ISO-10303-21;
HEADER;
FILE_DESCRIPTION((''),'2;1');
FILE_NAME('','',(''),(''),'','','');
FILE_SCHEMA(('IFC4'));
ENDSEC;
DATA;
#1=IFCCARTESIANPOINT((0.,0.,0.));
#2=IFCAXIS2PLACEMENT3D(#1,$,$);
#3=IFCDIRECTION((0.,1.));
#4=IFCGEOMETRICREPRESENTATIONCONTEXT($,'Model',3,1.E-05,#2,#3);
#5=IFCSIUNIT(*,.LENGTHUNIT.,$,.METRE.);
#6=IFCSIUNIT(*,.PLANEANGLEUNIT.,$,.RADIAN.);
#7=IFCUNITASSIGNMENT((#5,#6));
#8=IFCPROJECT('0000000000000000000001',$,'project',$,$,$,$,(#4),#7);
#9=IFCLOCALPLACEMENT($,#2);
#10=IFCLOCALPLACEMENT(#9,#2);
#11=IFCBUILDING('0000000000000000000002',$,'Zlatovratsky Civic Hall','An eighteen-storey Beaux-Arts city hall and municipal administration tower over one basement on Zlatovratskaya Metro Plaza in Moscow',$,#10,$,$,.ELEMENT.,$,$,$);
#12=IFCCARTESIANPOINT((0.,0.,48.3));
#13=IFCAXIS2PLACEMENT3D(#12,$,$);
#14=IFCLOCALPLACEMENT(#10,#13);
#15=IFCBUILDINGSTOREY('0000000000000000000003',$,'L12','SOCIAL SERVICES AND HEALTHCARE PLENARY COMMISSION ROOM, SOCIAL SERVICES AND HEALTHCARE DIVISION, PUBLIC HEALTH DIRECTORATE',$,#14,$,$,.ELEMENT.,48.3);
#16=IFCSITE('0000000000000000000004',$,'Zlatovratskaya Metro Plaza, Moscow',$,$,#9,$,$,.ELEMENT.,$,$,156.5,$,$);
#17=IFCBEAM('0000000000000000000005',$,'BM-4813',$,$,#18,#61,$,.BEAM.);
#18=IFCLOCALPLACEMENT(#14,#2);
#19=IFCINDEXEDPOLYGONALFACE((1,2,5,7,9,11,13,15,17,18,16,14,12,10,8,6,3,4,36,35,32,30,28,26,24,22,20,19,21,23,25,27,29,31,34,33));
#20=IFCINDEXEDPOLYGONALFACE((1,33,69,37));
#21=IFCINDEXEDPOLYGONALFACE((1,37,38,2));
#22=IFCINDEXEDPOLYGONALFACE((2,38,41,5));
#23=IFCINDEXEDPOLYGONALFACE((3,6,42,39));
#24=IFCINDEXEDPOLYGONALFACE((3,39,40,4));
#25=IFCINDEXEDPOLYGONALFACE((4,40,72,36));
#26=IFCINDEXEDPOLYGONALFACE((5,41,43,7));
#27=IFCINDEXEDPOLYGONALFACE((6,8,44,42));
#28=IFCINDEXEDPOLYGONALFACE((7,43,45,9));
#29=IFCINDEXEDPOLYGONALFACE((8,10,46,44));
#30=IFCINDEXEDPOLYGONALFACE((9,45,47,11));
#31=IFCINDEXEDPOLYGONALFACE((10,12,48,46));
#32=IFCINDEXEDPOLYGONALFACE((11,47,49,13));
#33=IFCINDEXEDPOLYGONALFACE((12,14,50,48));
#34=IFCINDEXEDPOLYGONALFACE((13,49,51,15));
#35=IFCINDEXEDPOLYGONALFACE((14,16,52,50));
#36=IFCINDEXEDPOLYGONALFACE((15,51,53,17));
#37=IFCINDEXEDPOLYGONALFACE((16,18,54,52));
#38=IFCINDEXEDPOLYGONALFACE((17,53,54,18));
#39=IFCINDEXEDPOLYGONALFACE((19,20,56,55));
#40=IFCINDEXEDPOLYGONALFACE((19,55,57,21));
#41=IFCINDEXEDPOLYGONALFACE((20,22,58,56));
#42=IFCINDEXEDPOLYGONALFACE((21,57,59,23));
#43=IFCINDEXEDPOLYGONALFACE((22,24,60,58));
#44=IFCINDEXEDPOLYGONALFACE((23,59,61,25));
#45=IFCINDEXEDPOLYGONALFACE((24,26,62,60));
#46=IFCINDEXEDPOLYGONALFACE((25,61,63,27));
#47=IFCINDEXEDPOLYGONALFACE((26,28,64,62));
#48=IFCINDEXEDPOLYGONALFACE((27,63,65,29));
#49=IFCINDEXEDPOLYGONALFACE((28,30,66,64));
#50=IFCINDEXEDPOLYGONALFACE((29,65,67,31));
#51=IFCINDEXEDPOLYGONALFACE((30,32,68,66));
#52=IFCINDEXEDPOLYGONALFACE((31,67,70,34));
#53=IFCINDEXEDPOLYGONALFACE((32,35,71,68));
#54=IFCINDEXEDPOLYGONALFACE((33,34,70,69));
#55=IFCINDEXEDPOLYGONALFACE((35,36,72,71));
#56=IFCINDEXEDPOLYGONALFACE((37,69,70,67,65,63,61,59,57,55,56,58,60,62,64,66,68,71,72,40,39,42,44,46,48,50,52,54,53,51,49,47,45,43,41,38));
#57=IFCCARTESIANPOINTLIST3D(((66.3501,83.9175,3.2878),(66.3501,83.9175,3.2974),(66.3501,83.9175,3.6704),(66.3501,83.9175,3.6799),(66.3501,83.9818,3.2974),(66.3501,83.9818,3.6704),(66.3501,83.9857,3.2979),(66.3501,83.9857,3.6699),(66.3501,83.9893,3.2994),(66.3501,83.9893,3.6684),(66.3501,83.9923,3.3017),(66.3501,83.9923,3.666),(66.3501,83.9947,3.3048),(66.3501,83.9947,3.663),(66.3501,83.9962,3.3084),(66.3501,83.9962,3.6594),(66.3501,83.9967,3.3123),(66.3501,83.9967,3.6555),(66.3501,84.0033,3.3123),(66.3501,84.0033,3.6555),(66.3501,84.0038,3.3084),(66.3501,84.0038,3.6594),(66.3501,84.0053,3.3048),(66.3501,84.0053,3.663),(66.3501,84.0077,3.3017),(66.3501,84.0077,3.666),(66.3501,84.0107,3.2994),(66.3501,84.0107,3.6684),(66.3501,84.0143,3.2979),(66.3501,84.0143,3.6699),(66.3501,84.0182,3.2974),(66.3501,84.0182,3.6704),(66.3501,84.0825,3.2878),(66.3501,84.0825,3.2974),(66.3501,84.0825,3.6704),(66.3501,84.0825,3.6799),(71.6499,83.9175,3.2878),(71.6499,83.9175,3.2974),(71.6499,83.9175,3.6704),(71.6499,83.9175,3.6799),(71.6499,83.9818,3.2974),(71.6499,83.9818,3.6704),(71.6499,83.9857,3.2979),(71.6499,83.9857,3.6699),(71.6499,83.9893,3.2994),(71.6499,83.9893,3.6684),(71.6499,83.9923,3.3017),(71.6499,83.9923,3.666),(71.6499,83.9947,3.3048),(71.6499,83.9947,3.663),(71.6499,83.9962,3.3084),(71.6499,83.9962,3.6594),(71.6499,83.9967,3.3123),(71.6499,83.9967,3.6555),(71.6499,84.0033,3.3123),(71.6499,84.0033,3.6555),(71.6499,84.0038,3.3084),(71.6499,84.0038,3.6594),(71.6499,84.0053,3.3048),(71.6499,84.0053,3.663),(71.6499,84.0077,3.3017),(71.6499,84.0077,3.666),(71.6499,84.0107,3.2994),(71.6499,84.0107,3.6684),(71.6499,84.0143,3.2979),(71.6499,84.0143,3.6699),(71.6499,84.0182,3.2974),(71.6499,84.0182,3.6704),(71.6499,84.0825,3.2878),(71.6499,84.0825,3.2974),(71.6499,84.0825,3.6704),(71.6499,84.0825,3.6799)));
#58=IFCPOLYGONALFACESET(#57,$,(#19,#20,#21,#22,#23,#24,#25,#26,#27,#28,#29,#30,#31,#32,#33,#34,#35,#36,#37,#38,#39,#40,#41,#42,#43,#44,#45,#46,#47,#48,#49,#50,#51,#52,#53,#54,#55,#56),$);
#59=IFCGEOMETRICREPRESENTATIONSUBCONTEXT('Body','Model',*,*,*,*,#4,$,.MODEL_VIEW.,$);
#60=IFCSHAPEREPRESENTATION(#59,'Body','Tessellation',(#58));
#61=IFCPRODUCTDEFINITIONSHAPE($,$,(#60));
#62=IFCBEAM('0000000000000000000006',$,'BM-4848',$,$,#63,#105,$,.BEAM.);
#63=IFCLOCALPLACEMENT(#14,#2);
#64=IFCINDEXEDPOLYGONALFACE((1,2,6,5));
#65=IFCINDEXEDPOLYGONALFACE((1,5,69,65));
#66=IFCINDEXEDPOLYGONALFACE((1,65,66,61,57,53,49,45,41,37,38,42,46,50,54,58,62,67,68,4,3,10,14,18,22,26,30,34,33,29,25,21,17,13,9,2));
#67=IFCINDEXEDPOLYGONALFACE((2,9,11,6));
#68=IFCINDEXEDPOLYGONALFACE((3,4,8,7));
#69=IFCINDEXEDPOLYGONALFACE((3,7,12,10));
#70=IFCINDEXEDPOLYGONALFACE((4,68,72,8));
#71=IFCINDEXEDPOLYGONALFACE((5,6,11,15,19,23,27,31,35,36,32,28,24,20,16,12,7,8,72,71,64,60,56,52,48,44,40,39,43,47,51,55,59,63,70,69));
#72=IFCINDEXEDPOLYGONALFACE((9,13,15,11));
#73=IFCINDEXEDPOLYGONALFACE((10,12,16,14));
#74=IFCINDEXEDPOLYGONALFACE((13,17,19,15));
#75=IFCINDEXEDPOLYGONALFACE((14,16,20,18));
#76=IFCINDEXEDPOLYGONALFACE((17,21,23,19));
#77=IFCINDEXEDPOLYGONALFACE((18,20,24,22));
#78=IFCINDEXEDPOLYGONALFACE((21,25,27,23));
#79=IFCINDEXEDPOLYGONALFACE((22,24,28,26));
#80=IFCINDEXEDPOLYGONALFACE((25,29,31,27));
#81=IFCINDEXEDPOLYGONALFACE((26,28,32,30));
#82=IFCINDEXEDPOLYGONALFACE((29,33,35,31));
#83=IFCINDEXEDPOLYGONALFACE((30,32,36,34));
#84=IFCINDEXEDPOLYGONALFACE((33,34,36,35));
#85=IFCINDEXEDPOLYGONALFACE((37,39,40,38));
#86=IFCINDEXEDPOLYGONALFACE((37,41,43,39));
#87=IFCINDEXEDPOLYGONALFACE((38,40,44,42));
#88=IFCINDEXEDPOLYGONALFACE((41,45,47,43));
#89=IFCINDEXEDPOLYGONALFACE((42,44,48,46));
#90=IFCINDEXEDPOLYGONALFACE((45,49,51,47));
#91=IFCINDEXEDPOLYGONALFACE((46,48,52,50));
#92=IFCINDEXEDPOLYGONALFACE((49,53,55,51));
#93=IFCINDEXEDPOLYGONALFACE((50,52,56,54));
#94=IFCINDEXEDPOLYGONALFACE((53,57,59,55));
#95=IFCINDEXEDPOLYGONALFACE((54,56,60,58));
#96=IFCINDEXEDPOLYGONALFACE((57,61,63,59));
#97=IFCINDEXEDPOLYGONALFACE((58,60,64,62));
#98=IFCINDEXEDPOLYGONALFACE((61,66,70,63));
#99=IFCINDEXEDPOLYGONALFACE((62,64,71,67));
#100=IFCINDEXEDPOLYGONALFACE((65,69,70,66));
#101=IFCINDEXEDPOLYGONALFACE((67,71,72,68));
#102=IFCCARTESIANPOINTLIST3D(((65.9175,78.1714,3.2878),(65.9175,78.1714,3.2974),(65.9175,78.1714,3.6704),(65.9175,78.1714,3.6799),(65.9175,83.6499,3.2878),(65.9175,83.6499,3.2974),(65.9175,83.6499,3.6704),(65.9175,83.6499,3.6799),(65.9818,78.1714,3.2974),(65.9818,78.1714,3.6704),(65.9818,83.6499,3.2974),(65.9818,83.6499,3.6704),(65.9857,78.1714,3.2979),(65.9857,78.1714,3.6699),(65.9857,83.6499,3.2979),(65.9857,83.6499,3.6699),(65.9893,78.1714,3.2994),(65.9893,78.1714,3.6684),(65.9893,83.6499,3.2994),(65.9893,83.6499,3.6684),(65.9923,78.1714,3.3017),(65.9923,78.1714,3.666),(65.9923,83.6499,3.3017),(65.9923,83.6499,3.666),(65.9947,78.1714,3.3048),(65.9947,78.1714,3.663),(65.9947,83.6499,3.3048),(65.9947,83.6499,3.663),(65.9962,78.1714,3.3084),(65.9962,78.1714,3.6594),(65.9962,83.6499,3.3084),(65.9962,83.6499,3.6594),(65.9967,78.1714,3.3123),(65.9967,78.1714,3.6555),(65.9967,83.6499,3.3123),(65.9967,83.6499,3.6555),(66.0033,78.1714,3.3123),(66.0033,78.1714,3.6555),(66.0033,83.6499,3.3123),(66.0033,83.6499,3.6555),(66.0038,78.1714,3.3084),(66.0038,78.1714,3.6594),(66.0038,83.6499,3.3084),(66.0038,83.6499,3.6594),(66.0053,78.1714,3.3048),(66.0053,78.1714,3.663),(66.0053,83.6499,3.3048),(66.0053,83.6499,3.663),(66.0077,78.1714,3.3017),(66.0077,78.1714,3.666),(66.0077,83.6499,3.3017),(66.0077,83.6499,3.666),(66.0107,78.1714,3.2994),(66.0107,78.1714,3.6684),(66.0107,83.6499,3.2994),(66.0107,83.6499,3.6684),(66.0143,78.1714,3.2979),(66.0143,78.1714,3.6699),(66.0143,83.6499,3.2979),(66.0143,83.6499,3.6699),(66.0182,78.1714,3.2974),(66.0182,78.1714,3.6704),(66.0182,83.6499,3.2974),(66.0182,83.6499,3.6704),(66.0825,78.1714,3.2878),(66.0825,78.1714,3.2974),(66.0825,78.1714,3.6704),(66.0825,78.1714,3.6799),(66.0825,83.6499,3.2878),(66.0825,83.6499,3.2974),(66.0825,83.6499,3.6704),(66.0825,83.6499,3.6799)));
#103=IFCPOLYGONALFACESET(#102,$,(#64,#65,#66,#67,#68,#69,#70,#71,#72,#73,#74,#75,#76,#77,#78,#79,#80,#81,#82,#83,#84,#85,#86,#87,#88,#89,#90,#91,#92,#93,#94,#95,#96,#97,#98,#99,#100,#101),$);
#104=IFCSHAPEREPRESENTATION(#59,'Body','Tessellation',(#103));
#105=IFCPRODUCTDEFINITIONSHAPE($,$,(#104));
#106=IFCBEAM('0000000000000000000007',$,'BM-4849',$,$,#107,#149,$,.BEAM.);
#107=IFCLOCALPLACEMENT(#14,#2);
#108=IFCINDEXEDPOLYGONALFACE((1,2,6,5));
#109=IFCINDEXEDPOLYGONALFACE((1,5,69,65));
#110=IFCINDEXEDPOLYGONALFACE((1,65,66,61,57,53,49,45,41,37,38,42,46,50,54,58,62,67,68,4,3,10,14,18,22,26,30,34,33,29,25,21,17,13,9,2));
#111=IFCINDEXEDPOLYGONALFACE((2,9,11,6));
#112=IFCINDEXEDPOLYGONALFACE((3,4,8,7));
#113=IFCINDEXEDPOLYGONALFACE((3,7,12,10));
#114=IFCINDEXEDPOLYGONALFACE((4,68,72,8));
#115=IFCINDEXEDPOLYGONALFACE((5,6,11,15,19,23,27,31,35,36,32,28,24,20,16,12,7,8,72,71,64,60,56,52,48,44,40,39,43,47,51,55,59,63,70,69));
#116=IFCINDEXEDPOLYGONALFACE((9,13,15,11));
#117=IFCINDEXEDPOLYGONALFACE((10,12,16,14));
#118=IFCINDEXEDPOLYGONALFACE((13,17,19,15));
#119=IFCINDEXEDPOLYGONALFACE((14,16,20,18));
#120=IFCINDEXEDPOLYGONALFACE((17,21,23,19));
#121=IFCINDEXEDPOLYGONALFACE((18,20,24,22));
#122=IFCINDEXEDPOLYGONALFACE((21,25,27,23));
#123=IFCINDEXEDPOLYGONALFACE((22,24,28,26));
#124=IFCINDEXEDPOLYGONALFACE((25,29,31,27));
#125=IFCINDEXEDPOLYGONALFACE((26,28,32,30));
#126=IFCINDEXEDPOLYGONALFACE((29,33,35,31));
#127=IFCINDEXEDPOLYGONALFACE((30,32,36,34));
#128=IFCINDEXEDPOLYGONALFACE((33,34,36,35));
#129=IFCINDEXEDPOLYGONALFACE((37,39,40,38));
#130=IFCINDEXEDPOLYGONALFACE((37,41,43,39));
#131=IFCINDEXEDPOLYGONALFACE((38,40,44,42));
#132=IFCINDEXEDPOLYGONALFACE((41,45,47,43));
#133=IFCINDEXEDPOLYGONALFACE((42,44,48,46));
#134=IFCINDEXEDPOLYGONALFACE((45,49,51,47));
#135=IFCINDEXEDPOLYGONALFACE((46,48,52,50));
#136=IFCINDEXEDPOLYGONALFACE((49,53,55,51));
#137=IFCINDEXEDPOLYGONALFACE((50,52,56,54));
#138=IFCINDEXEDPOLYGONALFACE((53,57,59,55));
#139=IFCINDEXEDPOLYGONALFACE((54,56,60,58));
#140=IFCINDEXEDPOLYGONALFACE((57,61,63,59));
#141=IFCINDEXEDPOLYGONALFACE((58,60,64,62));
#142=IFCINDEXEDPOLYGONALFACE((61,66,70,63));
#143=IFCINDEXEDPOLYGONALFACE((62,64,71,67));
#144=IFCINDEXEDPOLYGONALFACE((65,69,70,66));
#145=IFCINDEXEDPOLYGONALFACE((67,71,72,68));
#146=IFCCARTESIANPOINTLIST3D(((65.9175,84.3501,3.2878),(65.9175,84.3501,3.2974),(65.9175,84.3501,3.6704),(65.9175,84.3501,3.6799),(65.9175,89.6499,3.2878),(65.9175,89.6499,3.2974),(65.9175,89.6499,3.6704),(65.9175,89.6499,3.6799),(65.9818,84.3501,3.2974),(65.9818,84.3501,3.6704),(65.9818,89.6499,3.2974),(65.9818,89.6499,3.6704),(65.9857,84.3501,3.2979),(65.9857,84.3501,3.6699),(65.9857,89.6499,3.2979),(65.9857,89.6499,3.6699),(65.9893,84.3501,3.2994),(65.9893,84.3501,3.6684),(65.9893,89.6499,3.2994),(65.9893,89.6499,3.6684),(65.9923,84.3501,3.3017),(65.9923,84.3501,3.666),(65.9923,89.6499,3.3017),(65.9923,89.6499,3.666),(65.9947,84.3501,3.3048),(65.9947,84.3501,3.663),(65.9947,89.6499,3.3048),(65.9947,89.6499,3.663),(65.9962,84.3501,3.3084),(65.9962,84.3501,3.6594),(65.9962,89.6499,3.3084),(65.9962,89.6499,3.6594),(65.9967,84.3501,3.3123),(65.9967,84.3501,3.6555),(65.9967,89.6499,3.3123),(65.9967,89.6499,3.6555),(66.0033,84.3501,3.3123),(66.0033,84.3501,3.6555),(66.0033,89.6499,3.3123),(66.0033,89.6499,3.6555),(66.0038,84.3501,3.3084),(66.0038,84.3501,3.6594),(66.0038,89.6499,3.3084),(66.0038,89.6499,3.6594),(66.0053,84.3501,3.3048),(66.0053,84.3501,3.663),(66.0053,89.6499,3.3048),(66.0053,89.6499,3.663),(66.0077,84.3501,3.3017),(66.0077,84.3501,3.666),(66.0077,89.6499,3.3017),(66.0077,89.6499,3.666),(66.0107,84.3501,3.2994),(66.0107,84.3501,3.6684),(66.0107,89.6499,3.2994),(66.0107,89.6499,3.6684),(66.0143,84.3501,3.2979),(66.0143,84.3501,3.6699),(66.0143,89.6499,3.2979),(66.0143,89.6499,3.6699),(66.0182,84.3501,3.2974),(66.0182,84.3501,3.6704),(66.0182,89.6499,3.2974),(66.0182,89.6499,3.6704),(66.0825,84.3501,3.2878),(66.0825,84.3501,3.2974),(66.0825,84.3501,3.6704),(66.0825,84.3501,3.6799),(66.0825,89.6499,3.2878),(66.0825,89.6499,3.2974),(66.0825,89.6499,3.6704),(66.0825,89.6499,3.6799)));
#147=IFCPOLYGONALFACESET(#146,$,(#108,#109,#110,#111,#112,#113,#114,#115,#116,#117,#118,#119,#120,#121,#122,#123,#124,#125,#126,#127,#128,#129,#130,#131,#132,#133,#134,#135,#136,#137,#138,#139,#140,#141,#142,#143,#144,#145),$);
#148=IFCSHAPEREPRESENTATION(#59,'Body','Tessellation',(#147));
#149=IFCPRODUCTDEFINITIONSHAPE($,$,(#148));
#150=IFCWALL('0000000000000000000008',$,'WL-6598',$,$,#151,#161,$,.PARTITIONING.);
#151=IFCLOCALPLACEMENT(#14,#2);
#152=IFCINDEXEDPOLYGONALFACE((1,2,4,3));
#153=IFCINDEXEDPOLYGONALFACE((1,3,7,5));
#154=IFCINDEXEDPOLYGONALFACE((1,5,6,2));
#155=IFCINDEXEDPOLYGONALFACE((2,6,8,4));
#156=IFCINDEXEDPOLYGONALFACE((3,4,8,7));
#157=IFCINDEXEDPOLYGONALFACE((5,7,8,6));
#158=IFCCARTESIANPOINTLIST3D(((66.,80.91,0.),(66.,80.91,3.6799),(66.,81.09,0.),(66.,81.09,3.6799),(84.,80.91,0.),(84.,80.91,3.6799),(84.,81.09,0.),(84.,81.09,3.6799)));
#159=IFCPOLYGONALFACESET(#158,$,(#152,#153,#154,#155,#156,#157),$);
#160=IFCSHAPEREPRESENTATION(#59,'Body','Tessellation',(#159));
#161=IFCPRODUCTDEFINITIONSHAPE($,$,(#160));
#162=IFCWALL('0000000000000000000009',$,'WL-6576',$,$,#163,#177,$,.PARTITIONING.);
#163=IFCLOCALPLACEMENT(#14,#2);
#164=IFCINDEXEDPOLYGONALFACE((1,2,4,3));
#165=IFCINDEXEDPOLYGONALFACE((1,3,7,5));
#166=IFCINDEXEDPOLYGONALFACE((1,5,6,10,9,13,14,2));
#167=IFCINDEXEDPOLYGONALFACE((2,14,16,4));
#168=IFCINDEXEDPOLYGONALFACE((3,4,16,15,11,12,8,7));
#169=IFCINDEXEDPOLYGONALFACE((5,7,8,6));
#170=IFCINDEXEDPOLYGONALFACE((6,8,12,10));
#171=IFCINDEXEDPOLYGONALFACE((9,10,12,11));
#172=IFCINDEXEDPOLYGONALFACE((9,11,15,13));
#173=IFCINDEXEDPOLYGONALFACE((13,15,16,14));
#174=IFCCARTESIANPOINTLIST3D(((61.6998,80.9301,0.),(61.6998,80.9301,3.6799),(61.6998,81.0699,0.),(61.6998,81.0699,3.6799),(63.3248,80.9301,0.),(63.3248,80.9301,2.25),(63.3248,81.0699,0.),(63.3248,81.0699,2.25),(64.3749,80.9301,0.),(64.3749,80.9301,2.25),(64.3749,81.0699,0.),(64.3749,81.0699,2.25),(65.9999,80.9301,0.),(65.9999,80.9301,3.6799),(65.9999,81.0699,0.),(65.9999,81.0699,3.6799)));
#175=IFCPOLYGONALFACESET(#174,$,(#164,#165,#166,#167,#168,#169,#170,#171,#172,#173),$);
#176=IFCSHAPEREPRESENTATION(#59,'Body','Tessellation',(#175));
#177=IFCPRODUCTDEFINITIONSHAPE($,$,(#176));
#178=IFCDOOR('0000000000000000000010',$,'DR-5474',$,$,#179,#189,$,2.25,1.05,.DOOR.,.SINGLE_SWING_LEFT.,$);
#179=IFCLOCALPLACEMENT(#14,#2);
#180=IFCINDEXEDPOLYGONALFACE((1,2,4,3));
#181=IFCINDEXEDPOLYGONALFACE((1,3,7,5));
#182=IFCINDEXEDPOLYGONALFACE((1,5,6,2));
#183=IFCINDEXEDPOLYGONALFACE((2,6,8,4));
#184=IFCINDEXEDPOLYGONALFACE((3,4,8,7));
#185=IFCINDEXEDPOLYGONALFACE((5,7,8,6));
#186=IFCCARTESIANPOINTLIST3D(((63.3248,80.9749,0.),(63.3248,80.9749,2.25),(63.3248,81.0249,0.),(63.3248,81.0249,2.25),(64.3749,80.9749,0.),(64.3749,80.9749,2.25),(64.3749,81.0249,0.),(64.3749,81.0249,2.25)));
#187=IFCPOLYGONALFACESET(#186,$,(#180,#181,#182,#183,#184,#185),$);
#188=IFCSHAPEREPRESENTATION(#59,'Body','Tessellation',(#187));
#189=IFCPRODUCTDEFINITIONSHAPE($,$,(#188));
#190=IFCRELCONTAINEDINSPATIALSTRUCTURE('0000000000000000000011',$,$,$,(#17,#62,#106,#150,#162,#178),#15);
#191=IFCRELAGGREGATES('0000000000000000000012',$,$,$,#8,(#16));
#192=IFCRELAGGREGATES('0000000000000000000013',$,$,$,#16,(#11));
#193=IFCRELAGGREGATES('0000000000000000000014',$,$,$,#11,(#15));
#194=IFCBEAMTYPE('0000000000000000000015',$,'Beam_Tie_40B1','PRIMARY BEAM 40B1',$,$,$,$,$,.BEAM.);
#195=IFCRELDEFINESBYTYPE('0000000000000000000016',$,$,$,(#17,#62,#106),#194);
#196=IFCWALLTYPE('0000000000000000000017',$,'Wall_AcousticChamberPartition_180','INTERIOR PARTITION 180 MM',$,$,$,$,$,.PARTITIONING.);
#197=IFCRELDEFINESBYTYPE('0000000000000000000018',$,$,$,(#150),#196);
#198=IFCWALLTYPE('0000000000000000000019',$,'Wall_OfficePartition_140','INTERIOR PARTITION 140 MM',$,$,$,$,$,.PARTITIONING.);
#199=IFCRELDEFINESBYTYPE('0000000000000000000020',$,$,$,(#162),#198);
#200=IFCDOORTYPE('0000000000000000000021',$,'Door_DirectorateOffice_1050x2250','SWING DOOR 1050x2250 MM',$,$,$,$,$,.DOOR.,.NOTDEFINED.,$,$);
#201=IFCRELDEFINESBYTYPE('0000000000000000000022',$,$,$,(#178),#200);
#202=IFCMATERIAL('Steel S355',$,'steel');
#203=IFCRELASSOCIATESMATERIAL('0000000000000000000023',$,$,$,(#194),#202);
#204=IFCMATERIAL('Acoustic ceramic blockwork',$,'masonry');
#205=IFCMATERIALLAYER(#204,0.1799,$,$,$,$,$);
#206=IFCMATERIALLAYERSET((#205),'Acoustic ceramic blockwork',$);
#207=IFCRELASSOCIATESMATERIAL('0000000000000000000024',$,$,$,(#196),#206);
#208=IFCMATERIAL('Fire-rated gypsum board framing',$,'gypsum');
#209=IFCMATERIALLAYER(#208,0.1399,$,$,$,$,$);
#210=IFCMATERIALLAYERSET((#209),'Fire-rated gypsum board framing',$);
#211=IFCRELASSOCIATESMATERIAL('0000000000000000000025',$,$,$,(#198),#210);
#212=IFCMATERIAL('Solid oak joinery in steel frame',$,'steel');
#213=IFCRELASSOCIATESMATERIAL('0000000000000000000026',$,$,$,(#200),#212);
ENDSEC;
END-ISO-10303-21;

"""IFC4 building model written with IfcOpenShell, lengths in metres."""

from ifc_helpers import new_model, si_unit, direction, frame, frame_2d, origin, origin_2d, place, context, subcontext, project, spatial, rectangle, i_section, extrude, material, layer, layer_set, material_profile, profile_set, type_object, element, fill, save


model = new_model("IFC4")

# Units and contexts
model_context = context("Model", 3, precision=1e-05, world=origin(), true_north=direction((0.0, 1.0)))
body_context = subcontext(model_context, "Body", "Model", "MODEL_VIEW")
ifc_project = project(units=[si_unit("LENGTHUNIT", "METRE"), si_unit("PLANEANGLEUNIT", "RADIAN")], contexts=[model_context])

# Site, building, storey
site_placement = place(None, origin())
site = spatial("IfcSite", under=ifc_project, at=site_placement, Name="Zlatovratskaya Metro Plaza, Moscow", CompositionType="ELEMENT", RefElevation=156.5)
building_placement = place(site_placement, origin())
building = spatial("IfcBuilding", under=site, at=building_placement, Name="Zlatovratsky Civic Hall", Description="An eighteen-storey Beaux-Arts city hall and municipal administration tower over one basement on Zlatovratskaya Metro Plaza in Moscow", CompositionType="ELEMENT")
storey_placement = place(building_placement, frame((0.0, 0.0, 48.3)))
storey = spatial("IfcBuildingStorey", under=building, at=storey_placement, Name="L12", Description="SOCIAL SERVICES AND HEALTHCARE PLENARY COMMISSION ROOM, SOCIAL SERVICES AND HEALTHCARE DIVISION, PUBLIC HEALTH DIRECTORATE", CompositionType="ELEMENT", Elevation=48.3)

# Beams
ifc_material_1 = material(Name="Steel S355", Category="steel")
ifc_material_profile_1 = material_profile(ifc_material_1, i_section(OverallWidth=0.165, OverallDepth=0.3921, WebThickness=0.0066, FlangeThickness=0.0095, FilletRadius=0.0149, at=origin_2d()), Name="40B1")
ifc_profile_set_1 = profile_set([ifc_material_profile_1], Name="Steel S355")
beam_type_1 = type_object("IfcBeamType", Name="Beam_Tie_40B1", Description="PRIMARY BEAM 40B1", PredefinedType="BEAM", material=ifc_profile_set_1)
for number, where, z_axis, x_axis, name in (
    (1, (66.3501, 84.0, 3.4839), (1.0, 0.0, 0.0), (0.0, 1.0, 0.0), "BM-4813"),
):
    element("IfcBeam", number, at=place(storey_placement, frame(where, z_axis=z_axis, x_axis=x_axis)), inside=storey, type_object=beam_type_1, Name=name, PredefinedType="BEAM", context=body_context, shape_type="SweptSolid", body=[
        extrude(i_section(OverallWidth=0.165, OverallDepth=0.3921, WebThickness=0.0066, FlangeThickness=0.0095, FilletRadius=0.0149, at=origin_2d()), origin(), (0.0, 0.0, 1.0), 5.2998),
    ])
beam_1_placement = place(storey_placement, frame((66.0, 78.1714, 3.4839), z_axis=(0.0, 1.0, 0.0), x_axis=(-1.0, 0.0, 0.0)))
element("IfcBeam", 2, at=beam_1_placement, inside=storey, type_object=beam_type_1, Name="BM-4848", PredefinedType="BEAM", context=body_context, shape_type="SweptSolid", body=[
    extrude(i_section(OverallWidth=0.165, OverallDepth=0.3921, WebThickness=0.0066, FlangeThickness=0.0095, FilletRadius=0.0149, at=origin_2d()), origin(), (0.0, 0.0, 1.0), 5.4785),
])
beam_2_placement = place(storey_placement, frame((66.0, 84.3501, 3.4839), z_axis=(0.0, 1.0, 0.0), x_axis=(-1.0, 0.0, 0.0)))
element("IfcBeam", 3, at=beam_2_placement, inside=storey, type_object=beam_type_1, Name="BM-4849", PredefinedType="BEAM", context=body_context, shape_type="SweptSolid", body=[
    extrude(i_section(OverallWidth=0.165, OverallDepth=0.3921, WebThickness=0.0066, FlangeThickness=0.0095, FilletRadius=0.0149, at=origin_2d()), origin(), (0.0, 0.0, 1.0), 5.2998),
])

# Wall
ifc_material_2 = material(Name="Acoustic ceramic blockwork", Category="masonry")
ifc_layer_1 = layer(ifc_material_2, 0.1799)
ifc_layer_set_1 = layer_set([ifc_layer_1], Name="Acoustic ceramic blockwork")
wall_type_1 = type_object("IfcWallType", Name="Wall_AcousticChamberPartition_180", Description="INTERIOR PARTITION 180 MM", PredefinedType="PARTITIONING", material=ifc_layer_set_1)
wall_1_placement = place(storey_placement, frame((66.0, 81.0, 0.0), z_axis=(0.0, 0.0, 1.0), x_axis=(1.0, 0.0, 0.0)))
element("IfcWall", 4, at=wall_1_placement, inside=storey, type_object=wall_type_1, Name="WL-6598", PredefinedType="PARTITIONING", context=body_context, shape_type="SweptSolid", body=[
    extrude(rectangle(XDim=18.0, YDim=0.1799, at=frame_2d((9.0, 0.0))), origin(), (0.0, 0.0, 1.0), 3.6799),
])

# Wall, opening, door
ifc_material_3 = material(Name="Fire-rated gypsum board framing", Category="gypsum")
ifc_layer_2 = layer(ifc_material_3, 0.1399)
ifc_layer_set_2 = layer_set([ifc_layer_2], Name="Fire-rated gypsum board framing")
wall_type_2 = type_object("IfcWallType", Name="Wall_OfficePartition_140", Description="INTERIOR PARTITION 140 MM", PredefinedType="PARTITIONING", material=ifc_layer_set_2)
wall_2_placement = place(storey_placement, frame((61.7, 81.0, 0.0), z_axis=(0.0, 0.0, 1.0), x_axis=(1.0, 0.0, 0.0)))
wall_2 = element("IfcWall", 5, at=wall_2_placement, inside=storey, type_object=wall_type_2, Name="WL-6576", PredefinedType="PARTITIONING", context=body_context, shape_type="SweptSolid", body=[
    extrude(rectangle(XDim=4.3, YDim=0.1399, at=frame_2d((2.1499, 0.0))), origin(), (0.0, 0.0, 1.0), 3.6799),
])
opening_1_placement = place(wall_2_placement, frame((1.625, 0.0, 0.0)))
opening_1 = element("IfcOpeningElement", 6, at=opening_1_placement, cuts=wall_2, PredefinedType="OPENING", context=body_context, shape_type="SweptSolid", body=[
    extrude(rectangle(XDim=1.05, YDim=2.25, at=frame_2d((0.5249, 1.125))), frame((0.0, 0.085, 0.0), z_axis=(0.0, -1.0, 0.0), x_axis=(1.0, 0.0, 0.0)), (0.0, 0.0, 1.0), 0.1697),
])
ifc_material_4 = material(Name="Solid oak joinery in steel frame", Category="steel")
door_type_1 = type_object("IfcDoorType", Name="Door_DirectorateOffice_1050x2250", Description="SWING DOOR 1050x2250 MM", OperationType="NOTDEFINED", PredefinedType="DOOR", material=ifc_material_4)
door_1_placement = place(opening_1_placement, origin())
door_1 = element("IfcDoor", 7, at=door_1_placement, inside=storey, type_object=door_type_1, Name="DR-5474", OperationType="SINGLE_SWING_LEFT", OverallHeight=2.25, OverallWidth=1.05, PredefinedType="DOOR", context=body_context, shape_type="SweptSolid", body=[
    extrude(rectangle(XDim=1.05, YDim=2.25, at=frame_2d((0.5249, 1.125))), frame((0.0, 0.0249, 0.0), z_axis=(0.0, -1.0, 0.0), x_axis=(1.0, 0.0, 0.0)), (0.0, 0.0, 1.0), 0.05),
])
fill(opening_1, door_1)

save(model, "model.ifc")
